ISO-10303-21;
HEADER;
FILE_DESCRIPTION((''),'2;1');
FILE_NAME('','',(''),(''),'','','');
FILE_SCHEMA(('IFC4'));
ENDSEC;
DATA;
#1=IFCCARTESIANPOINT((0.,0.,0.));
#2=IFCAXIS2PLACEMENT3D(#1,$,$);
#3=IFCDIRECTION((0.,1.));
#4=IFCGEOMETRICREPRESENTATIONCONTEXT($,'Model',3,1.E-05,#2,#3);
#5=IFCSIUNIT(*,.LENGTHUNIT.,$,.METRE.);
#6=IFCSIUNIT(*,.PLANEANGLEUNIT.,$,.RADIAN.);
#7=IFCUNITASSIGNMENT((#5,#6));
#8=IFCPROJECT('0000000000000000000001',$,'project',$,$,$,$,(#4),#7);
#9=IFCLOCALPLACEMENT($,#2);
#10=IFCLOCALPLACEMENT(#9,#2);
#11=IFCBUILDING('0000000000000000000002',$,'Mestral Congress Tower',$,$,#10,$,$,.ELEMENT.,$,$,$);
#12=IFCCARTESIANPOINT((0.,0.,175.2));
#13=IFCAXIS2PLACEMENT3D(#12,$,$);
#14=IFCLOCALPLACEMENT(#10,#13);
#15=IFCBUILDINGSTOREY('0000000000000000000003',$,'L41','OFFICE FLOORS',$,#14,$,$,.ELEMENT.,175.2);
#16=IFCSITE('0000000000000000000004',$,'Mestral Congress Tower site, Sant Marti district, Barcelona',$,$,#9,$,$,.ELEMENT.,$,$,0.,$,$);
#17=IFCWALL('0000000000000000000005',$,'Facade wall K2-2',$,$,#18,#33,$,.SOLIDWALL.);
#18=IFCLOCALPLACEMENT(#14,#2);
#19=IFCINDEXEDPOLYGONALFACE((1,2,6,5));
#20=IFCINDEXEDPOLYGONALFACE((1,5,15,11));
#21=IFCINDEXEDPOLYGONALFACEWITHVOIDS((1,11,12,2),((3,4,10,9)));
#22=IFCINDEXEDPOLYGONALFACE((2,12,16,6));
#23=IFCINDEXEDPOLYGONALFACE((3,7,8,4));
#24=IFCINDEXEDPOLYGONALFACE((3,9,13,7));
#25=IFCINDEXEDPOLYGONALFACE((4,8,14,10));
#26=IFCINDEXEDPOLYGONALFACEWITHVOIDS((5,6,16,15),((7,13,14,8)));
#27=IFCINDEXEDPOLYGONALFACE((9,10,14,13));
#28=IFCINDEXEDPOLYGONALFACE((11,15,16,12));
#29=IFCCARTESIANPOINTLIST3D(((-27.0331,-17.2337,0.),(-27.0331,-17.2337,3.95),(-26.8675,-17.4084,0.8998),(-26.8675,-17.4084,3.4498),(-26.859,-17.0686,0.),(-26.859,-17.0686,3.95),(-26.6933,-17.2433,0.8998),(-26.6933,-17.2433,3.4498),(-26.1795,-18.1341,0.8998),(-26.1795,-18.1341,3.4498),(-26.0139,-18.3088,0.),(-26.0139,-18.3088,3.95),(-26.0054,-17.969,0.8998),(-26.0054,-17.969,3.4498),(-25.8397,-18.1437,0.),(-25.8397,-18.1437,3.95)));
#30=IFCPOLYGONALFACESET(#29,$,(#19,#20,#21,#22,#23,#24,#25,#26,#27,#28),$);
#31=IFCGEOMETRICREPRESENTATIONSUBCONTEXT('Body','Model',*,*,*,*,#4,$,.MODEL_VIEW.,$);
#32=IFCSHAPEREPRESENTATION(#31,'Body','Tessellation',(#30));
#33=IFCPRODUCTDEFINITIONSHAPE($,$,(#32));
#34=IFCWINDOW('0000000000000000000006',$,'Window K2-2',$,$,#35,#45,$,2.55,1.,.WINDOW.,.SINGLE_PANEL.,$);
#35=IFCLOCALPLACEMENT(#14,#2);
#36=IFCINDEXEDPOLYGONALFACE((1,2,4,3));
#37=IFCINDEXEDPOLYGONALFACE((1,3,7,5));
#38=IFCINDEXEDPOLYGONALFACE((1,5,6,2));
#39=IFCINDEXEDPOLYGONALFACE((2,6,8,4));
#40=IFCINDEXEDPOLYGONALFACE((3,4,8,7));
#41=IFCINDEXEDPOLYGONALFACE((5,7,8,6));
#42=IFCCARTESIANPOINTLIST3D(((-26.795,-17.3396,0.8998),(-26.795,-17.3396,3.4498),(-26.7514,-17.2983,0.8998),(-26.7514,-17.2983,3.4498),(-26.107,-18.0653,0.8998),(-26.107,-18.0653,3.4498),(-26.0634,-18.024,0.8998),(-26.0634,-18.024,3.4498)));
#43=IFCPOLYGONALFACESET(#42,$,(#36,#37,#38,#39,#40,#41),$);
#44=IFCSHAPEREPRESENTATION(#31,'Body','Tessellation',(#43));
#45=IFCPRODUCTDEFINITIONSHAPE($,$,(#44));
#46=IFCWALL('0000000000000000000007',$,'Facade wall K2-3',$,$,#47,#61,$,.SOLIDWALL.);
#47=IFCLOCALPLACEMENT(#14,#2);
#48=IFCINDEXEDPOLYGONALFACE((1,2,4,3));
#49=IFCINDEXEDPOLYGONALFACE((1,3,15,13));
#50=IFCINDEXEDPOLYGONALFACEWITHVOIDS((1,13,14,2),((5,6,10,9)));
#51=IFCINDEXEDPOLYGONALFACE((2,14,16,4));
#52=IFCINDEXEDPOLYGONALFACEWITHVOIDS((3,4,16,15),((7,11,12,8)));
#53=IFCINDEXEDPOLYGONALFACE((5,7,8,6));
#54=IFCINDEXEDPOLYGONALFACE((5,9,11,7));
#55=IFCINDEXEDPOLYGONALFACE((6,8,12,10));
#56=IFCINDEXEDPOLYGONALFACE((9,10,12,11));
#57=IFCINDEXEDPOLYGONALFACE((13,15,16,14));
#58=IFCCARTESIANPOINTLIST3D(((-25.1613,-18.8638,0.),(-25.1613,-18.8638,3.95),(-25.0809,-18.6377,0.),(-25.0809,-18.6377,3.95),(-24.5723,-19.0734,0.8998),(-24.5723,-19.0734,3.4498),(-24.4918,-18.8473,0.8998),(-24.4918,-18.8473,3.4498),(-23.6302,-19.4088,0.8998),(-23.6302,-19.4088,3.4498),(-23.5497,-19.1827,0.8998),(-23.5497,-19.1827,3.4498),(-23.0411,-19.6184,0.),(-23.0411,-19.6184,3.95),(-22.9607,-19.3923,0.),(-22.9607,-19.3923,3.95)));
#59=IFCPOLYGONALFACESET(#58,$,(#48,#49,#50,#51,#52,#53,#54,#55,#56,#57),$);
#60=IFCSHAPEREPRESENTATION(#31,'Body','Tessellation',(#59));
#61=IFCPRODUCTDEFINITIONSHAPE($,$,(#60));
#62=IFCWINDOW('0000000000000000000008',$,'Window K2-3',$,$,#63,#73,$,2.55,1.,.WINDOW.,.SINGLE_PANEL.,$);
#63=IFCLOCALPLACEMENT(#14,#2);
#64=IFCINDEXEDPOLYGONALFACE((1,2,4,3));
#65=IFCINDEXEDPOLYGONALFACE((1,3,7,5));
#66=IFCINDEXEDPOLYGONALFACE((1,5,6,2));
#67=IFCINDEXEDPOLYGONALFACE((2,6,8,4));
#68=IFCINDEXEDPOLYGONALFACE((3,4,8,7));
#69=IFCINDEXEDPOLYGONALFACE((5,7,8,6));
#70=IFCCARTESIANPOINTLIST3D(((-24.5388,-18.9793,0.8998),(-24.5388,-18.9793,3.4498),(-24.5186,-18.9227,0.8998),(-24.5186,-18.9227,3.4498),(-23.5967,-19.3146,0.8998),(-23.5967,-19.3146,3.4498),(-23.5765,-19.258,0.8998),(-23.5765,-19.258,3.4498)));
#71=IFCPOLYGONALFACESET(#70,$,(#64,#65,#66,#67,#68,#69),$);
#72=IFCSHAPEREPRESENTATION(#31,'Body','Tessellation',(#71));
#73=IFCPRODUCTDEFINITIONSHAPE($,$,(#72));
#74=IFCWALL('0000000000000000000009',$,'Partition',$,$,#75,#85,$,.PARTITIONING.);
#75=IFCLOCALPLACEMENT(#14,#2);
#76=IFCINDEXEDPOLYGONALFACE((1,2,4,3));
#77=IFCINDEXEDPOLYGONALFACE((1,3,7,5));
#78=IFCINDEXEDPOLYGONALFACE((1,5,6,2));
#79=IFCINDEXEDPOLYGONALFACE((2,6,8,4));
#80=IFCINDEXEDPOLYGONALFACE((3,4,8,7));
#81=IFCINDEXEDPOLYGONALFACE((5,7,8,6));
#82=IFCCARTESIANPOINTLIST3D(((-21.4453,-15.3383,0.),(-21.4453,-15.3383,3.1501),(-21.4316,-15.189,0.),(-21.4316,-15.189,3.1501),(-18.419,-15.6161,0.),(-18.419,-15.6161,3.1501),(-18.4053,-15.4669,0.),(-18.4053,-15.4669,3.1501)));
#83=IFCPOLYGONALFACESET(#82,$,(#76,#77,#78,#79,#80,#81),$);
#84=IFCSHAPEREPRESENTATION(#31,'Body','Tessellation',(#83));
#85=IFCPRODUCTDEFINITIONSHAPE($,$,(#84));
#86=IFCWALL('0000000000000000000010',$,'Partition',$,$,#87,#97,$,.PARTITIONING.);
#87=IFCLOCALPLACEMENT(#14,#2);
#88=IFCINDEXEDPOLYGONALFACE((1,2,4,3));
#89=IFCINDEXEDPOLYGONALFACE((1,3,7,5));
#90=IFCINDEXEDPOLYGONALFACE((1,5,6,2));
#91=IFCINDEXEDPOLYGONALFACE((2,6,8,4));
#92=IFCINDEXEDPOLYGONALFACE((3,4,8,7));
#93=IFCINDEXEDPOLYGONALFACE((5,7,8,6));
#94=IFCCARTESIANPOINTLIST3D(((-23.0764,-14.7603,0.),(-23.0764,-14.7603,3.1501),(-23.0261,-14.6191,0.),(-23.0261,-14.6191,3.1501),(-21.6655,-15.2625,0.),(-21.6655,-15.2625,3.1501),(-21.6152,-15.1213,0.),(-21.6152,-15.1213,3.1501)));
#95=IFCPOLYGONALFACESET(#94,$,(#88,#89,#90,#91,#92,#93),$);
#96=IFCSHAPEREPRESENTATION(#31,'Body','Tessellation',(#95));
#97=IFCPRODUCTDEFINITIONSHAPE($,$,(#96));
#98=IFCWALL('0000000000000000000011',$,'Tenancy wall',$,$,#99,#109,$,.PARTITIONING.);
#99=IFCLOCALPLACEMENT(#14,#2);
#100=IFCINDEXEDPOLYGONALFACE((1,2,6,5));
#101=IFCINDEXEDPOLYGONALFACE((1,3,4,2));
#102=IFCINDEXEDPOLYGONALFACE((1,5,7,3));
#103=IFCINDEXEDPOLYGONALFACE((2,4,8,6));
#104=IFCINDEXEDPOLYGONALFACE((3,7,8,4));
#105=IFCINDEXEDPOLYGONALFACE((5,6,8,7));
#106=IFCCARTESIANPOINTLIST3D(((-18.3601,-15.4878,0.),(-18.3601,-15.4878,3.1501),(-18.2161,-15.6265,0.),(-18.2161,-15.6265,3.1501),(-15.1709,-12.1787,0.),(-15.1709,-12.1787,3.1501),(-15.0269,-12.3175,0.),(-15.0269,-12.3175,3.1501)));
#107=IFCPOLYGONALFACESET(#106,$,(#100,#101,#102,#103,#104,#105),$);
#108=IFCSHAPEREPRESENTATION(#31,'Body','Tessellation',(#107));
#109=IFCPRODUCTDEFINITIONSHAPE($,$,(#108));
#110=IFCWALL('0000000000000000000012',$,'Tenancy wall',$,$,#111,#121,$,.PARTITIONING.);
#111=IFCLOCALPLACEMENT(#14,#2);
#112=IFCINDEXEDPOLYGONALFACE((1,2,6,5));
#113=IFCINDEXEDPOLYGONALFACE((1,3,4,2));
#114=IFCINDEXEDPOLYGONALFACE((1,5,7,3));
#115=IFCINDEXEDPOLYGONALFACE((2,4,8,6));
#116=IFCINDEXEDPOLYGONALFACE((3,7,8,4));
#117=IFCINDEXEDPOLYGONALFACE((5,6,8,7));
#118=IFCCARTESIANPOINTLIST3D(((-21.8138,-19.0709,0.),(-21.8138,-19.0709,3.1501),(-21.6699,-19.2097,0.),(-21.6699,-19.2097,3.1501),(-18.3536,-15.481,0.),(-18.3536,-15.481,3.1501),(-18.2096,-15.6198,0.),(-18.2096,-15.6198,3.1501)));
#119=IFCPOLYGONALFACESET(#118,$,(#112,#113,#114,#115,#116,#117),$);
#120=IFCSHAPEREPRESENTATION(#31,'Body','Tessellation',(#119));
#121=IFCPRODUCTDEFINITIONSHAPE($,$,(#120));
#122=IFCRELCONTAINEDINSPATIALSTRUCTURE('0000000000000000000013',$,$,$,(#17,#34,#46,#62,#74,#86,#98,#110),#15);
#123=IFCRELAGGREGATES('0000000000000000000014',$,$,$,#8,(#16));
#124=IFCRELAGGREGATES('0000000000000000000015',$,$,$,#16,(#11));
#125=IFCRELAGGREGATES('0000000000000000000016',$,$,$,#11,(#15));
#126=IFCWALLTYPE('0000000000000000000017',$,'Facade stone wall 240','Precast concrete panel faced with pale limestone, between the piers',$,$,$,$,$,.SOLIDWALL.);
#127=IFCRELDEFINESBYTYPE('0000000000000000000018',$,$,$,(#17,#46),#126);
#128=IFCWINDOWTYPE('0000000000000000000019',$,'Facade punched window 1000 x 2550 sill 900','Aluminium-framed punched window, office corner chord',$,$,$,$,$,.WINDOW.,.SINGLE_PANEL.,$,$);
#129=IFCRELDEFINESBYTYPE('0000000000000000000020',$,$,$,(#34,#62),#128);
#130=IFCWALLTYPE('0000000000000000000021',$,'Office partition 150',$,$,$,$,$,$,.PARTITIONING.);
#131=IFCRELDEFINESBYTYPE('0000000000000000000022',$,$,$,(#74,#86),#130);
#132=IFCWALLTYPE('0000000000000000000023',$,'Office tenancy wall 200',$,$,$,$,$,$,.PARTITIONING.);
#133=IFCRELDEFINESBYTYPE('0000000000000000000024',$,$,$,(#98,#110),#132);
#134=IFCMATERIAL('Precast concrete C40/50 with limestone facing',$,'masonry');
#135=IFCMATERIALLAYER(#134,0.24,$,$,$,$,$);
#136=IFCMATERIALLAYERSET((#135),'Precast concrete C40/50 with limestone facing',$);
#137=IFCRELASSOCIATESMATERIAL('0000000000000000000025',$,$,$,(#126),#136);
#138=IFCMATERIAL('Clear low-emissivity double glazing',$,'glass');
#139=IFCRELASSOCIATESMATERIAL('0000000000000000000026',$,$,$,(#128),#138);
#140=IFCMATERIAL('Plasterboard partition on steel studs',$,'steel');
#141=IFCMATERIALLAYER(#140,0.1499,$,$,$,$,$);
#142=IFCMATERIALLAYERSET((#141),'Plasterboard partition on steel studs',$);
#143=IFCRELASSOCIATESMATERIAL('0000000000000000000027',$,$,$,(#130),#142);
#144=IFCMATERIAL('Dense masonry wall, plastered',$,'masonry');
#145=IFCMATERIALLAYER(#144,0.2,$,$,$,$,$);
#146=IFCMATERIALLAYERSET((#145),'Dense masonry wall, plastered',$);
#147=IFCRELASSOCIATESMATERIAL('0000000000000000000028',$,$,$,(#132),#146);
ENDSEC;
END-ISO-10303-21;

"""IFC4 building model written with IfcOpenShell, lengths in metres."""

from ifc_helpers import new_model, si_unit, direction, frame, frame_2d, origin, place, context, subcontext, project, spatial, rectangle, extrude, material, layer, layer_set, type_object, element, fill, save


model = new_model("IFC4")

# Units and contexts
model_context = context("Model", 3, precision=1e-05, world=origin(), true_north=direction((0.0, 1.0)))
body_context = subcontext(model_context, "Body", "Model", "MODEL_VIEW")
ifc_project = project(units=[si_unit("LENGTHUNIT", "METRE"), si_unit("PLANEANGLEUNIT", "RADIAN")], contexts=[model_context])

# Site, building, storey
site_placement = place(None, origin())
site = spatial("IfcSite", under=ifc_project, at=site_placement, Name="Mestral Congress Tower site, Sant Marti district, Barcelona", CompositionType="ELEMENT", RefElevation=0.0)
building_placement = place(site_placement, origin())
building = spatial("IfcBuilding", under=site, at=building_placement, Name="Mestral Congress Tower", CompositionType="ELEMENT")
storey_placement = place(building_placement, frame((0.0, 0.0, 175.2)))
storey = spatial("IfcBuildingStorey", under=building, at=storey_placement, Name="L41", Description="OFFICE FLOORS", CompositionType="ELEMENT", Elevation=175.2)

# Shared definitions
ifc_material_1 = material(Name="Precast concrete C40/50 with limestone facing", Category="masonry")
ifc_layer_1 = layer(ifc_material_1, 0.24)
ifc_layer_set_1 = layer_set([ifc_layer_1], Name="Precast concrete C40/50 with limestone facing")
wall_type_1 = type_object("IfcWallType", Name="Facade stone wall 240", Description="Precast concrete panel faced with pale limestone, between the piers", PredefinedType="SOLIDWALL", material=ifc_layer_set_1)
ifc_material_2 = material(Name="Clear low-emissivity double glazing", Category="glass")

# Walls, openings, windows
wall_1_placement = place(storey_placement, frame((-26.946, -17.1511, 0.0), z_axis=(0.0, 0.0, 1.0), x_axis=(0.687987, -0.725723, 0.0)))
wall_1 = element("IfcWall", 1, at=wall_1_placement, inside=storey, type_object=wall_type_1, Name="Facade wall K2-2", PredefinedType="SOLIDWALL", context=body_context, shape_type="SweptSolid", body=[
    extrude(rectangle(XDim=1.4814, YDim=0.24, at=frame_2d((0.7407, 0.0))), origin(), (0.0, 0.0, 1.0), 3.95),
])
opening_1_placement = place(wall_1_placement, frame((0.2407, 0.0, 0.8999)))
opening_1 = element("IfcOpeningElement", 2, at=opening_1_placement, cuts=wall_1, PredefinedType="OPENING", context=body_context, shape_type="SweptSolid", body=[
    extrude(rectangle(XDim=1.0, YDim=2.55, at=frame_2d((0.5, 1.2749))), frame((0.0, 0.1299, 0.0), z_axis=(0.0, -1.0, 0.0), x_axis=(1.0, 0.0, 0.0)), (0.0, 0.0, 1.0), 0.26),
])
window_type_1 = type_object("IfcWindowType", Name="Facade punched window 1000 x 2550 sill 900", Description="Aluminium-framed punched window, office corner chord", PartitioningType="SINGLE_PANEL", PredefinedType="WINDOW", material=ifc_material_2)
window_1_placement = place(opening_1_placement, origin())
window_1 = element("IfcWindow", 3, at=window_1_placement, inside=storey, type_object=window_type_1, Name="Window K2-2", OverallHeight=2.55, OverallWidth=1.0, PartitioningType="SINGLE_PANEL", PredefinedType="WINDOW", context=body_context, shape_type="SweptSolid", body=[
    extrude(rectangle(XDim=1.0, YDim=2.55, at=frame_2d((0.5, 1.2749))), frame((0.0, 0.04, 0.0), z_axis=(0.0, -1.0, 0.0), x_axis=(1.0, 0.0, 0.0)), (0.0, 0.0, 1.0), 0.0601),
])
fill(opening_1, window_1)
wall_2_placement = place(storey_placement, frame((-25.1211, -18.7507, 0.0), z_axis=(0.0, 0.0, 1.0), x_axis=(0.9421, -0.335333, 0.0)))
wall_2 = element("IfcWall", 4, at=wall_2_placement, inside=storey, type_object=wall_type_1, Name="Facade wall K2-3", PredefinedType="SOLIDWALL", context=body_context, shape_type="SweptSolid", body=[
    extrude(rectangle(XDim=2.2505, YDim=0.24, at=frame_2d((1.1252, 0.0))), origin(), (0.0, 0.0, 1.0), 3.95),
])
opening_2_placement = place(wall_2_placement, frame((0.6252, 0.0, 0.8999)))
opening_2 = element("IfcOpeningElement", 5, at=opening_2_placement, cuts=wall_2, PredefinedType="OPENING", context=body_context, shape_type="SweptSolid", body=[
    extrude(rectangle(XDim=1.0, YDim=2.55, at=frame_2d((0.5, 1.2749))), frame((0.0, 0.1299, 0.0), z_axis=(0.0, -1.0, 0.0), x_axis=(1.0, 0.0, 0.0)), (0.0, 0.0, 1.0), 0.26),
])
window_2_placement = place(opening_2_placement, origin())
window_2 = element("IfcWindow", 6, at=window_2_placement, inside=storey, type_object=window_type_1, Name="Window K2-3", OverallHeight=2.55, OverallWidth=1.0, PartitioningType="SINGLE_PANEL", PredefinedType="WINDOW", context=body_context, shape_type="SweptSolid", body=[
    extrude(rectangle(XDim=1.0, YDim=2.55, at=frame_2d((0.5, 1.2749))), frame((0.0, 0.04, 0.0), z_axis=(0.0, -1.0, 0.0), x_axis=(1.0, 0.0, 0.0)), (0.0, 0.0, 1.0), 0.0601),
])
fill(opening_2, window_2)

# Walls
ifc_material_3 = material(Name="Plasterboard partition on steel studs", Category="steel")
ifc_layer_2 = layer(ifc_material_3, 0.1499)
ifc_layer_set_2 = layer_set([ifc_layer_2], Name="Plasterboard partition on steel studs")
wall_type_2 = type_object("IfcWallType", Name="Office partition 150", PredefinedType="PARTITIONING", material=ifc_layer_set_2)
wall_3_placement = place(storey_placement, frame((-18.4121, -15.5415, 0.0), z_axis=(0.0, 0.0, 1.0), x_axis=(-0.995812, 0.091419, 0.0)))
element("IfcWall", 7, at=wall_3_placement, inside=storey, type_object=wall_type_2, Name="Partition", PredefinedType="PARTITIONING", context=body_context, shape_type="SweptSolid", body=[
    extrude(rectangle(XDim=3.0391, YDim=0.1499, at=frame_2d((1.5195, 0.0))), origin(), (0.0, 0.0, 1.0), 3.1501),
])
wall_4_placement = place(storey_placement, frame((-21.6404, -15.1919, 0.0), z_axis=(0.0, 0.0, 1.0), x_axis=(-0.942099, 0.335334, 0.0)))
element("IfcWall", 8, at=wall_4_placement, inside=storey, type_object=wall_type_2, Name="Partition", PredefinedType="PARTITIONING", context=body_context, shape_type="SweptSolid", body=[
    extrude(rectangle(XDim=1.4976, YDim=0.1499, at=frame_2d((0.7488, 0.0))), origin(), (0.0, 0.0, 1.0), 3.1501),
])
ifc_material_4 = material(Name="Dense masonry wall, plastered", Category="masonry")
ifc_layer_3 = layer(ifc_material_4, 0.2)
ifc_layer_set_3 = layer_set([ifc_layer_3], Name="Dense masonry wall, plastered")
wall_type_3 = type_object("IfcWallType", Name="Office tenancy wall 200", PredefinedType="PARTITIONING", material=ifc_layer_set_3)
wall_5_placement = place(storey_placement, frame((-18.2881, -15.5571, 0.0), z_axis=(0.0, 0.0, 1.0), x_axis=(0.693945, 0.720028, 0.0)))
element("IfcWall", 9, at=wall_5_placement, inside=storey, type_object=wall_type_3, Name="Tenancy wall", PredefinedType="PARTITIONING", context=body_context, shape_type="SweptSolid", body=[
    extrude(rectangle(XDim=4.5957, YDim=0.2, at=frame_2d((2.2979, 0.0))), origin(), (0.0, 0.0, 1.0), 3.1501),
])
wall_6_placement = place(storey_placement, frame((-21.7419, -19.1404, 0.0), z_axis=(0.0, 0.0, 1.0), x_axis=(0.693987, 0.719988, 0.0)))
element("IfcWall", 10, at=wall_6_placement, inside=storey, type_object=wall_type_3, Name="Tenancy wall", PredefinedType="PARTITIONING", context=body_context, shape_type="SweptSolid", body=[
    extrude(rectangle(XDim=4.9861, YDim=0.2, at=frame_2d((2.4932, 0.0))), origin(), (0.0, 0.0, 1.0), 3.1501),
])

save(model, "model.ifc")
